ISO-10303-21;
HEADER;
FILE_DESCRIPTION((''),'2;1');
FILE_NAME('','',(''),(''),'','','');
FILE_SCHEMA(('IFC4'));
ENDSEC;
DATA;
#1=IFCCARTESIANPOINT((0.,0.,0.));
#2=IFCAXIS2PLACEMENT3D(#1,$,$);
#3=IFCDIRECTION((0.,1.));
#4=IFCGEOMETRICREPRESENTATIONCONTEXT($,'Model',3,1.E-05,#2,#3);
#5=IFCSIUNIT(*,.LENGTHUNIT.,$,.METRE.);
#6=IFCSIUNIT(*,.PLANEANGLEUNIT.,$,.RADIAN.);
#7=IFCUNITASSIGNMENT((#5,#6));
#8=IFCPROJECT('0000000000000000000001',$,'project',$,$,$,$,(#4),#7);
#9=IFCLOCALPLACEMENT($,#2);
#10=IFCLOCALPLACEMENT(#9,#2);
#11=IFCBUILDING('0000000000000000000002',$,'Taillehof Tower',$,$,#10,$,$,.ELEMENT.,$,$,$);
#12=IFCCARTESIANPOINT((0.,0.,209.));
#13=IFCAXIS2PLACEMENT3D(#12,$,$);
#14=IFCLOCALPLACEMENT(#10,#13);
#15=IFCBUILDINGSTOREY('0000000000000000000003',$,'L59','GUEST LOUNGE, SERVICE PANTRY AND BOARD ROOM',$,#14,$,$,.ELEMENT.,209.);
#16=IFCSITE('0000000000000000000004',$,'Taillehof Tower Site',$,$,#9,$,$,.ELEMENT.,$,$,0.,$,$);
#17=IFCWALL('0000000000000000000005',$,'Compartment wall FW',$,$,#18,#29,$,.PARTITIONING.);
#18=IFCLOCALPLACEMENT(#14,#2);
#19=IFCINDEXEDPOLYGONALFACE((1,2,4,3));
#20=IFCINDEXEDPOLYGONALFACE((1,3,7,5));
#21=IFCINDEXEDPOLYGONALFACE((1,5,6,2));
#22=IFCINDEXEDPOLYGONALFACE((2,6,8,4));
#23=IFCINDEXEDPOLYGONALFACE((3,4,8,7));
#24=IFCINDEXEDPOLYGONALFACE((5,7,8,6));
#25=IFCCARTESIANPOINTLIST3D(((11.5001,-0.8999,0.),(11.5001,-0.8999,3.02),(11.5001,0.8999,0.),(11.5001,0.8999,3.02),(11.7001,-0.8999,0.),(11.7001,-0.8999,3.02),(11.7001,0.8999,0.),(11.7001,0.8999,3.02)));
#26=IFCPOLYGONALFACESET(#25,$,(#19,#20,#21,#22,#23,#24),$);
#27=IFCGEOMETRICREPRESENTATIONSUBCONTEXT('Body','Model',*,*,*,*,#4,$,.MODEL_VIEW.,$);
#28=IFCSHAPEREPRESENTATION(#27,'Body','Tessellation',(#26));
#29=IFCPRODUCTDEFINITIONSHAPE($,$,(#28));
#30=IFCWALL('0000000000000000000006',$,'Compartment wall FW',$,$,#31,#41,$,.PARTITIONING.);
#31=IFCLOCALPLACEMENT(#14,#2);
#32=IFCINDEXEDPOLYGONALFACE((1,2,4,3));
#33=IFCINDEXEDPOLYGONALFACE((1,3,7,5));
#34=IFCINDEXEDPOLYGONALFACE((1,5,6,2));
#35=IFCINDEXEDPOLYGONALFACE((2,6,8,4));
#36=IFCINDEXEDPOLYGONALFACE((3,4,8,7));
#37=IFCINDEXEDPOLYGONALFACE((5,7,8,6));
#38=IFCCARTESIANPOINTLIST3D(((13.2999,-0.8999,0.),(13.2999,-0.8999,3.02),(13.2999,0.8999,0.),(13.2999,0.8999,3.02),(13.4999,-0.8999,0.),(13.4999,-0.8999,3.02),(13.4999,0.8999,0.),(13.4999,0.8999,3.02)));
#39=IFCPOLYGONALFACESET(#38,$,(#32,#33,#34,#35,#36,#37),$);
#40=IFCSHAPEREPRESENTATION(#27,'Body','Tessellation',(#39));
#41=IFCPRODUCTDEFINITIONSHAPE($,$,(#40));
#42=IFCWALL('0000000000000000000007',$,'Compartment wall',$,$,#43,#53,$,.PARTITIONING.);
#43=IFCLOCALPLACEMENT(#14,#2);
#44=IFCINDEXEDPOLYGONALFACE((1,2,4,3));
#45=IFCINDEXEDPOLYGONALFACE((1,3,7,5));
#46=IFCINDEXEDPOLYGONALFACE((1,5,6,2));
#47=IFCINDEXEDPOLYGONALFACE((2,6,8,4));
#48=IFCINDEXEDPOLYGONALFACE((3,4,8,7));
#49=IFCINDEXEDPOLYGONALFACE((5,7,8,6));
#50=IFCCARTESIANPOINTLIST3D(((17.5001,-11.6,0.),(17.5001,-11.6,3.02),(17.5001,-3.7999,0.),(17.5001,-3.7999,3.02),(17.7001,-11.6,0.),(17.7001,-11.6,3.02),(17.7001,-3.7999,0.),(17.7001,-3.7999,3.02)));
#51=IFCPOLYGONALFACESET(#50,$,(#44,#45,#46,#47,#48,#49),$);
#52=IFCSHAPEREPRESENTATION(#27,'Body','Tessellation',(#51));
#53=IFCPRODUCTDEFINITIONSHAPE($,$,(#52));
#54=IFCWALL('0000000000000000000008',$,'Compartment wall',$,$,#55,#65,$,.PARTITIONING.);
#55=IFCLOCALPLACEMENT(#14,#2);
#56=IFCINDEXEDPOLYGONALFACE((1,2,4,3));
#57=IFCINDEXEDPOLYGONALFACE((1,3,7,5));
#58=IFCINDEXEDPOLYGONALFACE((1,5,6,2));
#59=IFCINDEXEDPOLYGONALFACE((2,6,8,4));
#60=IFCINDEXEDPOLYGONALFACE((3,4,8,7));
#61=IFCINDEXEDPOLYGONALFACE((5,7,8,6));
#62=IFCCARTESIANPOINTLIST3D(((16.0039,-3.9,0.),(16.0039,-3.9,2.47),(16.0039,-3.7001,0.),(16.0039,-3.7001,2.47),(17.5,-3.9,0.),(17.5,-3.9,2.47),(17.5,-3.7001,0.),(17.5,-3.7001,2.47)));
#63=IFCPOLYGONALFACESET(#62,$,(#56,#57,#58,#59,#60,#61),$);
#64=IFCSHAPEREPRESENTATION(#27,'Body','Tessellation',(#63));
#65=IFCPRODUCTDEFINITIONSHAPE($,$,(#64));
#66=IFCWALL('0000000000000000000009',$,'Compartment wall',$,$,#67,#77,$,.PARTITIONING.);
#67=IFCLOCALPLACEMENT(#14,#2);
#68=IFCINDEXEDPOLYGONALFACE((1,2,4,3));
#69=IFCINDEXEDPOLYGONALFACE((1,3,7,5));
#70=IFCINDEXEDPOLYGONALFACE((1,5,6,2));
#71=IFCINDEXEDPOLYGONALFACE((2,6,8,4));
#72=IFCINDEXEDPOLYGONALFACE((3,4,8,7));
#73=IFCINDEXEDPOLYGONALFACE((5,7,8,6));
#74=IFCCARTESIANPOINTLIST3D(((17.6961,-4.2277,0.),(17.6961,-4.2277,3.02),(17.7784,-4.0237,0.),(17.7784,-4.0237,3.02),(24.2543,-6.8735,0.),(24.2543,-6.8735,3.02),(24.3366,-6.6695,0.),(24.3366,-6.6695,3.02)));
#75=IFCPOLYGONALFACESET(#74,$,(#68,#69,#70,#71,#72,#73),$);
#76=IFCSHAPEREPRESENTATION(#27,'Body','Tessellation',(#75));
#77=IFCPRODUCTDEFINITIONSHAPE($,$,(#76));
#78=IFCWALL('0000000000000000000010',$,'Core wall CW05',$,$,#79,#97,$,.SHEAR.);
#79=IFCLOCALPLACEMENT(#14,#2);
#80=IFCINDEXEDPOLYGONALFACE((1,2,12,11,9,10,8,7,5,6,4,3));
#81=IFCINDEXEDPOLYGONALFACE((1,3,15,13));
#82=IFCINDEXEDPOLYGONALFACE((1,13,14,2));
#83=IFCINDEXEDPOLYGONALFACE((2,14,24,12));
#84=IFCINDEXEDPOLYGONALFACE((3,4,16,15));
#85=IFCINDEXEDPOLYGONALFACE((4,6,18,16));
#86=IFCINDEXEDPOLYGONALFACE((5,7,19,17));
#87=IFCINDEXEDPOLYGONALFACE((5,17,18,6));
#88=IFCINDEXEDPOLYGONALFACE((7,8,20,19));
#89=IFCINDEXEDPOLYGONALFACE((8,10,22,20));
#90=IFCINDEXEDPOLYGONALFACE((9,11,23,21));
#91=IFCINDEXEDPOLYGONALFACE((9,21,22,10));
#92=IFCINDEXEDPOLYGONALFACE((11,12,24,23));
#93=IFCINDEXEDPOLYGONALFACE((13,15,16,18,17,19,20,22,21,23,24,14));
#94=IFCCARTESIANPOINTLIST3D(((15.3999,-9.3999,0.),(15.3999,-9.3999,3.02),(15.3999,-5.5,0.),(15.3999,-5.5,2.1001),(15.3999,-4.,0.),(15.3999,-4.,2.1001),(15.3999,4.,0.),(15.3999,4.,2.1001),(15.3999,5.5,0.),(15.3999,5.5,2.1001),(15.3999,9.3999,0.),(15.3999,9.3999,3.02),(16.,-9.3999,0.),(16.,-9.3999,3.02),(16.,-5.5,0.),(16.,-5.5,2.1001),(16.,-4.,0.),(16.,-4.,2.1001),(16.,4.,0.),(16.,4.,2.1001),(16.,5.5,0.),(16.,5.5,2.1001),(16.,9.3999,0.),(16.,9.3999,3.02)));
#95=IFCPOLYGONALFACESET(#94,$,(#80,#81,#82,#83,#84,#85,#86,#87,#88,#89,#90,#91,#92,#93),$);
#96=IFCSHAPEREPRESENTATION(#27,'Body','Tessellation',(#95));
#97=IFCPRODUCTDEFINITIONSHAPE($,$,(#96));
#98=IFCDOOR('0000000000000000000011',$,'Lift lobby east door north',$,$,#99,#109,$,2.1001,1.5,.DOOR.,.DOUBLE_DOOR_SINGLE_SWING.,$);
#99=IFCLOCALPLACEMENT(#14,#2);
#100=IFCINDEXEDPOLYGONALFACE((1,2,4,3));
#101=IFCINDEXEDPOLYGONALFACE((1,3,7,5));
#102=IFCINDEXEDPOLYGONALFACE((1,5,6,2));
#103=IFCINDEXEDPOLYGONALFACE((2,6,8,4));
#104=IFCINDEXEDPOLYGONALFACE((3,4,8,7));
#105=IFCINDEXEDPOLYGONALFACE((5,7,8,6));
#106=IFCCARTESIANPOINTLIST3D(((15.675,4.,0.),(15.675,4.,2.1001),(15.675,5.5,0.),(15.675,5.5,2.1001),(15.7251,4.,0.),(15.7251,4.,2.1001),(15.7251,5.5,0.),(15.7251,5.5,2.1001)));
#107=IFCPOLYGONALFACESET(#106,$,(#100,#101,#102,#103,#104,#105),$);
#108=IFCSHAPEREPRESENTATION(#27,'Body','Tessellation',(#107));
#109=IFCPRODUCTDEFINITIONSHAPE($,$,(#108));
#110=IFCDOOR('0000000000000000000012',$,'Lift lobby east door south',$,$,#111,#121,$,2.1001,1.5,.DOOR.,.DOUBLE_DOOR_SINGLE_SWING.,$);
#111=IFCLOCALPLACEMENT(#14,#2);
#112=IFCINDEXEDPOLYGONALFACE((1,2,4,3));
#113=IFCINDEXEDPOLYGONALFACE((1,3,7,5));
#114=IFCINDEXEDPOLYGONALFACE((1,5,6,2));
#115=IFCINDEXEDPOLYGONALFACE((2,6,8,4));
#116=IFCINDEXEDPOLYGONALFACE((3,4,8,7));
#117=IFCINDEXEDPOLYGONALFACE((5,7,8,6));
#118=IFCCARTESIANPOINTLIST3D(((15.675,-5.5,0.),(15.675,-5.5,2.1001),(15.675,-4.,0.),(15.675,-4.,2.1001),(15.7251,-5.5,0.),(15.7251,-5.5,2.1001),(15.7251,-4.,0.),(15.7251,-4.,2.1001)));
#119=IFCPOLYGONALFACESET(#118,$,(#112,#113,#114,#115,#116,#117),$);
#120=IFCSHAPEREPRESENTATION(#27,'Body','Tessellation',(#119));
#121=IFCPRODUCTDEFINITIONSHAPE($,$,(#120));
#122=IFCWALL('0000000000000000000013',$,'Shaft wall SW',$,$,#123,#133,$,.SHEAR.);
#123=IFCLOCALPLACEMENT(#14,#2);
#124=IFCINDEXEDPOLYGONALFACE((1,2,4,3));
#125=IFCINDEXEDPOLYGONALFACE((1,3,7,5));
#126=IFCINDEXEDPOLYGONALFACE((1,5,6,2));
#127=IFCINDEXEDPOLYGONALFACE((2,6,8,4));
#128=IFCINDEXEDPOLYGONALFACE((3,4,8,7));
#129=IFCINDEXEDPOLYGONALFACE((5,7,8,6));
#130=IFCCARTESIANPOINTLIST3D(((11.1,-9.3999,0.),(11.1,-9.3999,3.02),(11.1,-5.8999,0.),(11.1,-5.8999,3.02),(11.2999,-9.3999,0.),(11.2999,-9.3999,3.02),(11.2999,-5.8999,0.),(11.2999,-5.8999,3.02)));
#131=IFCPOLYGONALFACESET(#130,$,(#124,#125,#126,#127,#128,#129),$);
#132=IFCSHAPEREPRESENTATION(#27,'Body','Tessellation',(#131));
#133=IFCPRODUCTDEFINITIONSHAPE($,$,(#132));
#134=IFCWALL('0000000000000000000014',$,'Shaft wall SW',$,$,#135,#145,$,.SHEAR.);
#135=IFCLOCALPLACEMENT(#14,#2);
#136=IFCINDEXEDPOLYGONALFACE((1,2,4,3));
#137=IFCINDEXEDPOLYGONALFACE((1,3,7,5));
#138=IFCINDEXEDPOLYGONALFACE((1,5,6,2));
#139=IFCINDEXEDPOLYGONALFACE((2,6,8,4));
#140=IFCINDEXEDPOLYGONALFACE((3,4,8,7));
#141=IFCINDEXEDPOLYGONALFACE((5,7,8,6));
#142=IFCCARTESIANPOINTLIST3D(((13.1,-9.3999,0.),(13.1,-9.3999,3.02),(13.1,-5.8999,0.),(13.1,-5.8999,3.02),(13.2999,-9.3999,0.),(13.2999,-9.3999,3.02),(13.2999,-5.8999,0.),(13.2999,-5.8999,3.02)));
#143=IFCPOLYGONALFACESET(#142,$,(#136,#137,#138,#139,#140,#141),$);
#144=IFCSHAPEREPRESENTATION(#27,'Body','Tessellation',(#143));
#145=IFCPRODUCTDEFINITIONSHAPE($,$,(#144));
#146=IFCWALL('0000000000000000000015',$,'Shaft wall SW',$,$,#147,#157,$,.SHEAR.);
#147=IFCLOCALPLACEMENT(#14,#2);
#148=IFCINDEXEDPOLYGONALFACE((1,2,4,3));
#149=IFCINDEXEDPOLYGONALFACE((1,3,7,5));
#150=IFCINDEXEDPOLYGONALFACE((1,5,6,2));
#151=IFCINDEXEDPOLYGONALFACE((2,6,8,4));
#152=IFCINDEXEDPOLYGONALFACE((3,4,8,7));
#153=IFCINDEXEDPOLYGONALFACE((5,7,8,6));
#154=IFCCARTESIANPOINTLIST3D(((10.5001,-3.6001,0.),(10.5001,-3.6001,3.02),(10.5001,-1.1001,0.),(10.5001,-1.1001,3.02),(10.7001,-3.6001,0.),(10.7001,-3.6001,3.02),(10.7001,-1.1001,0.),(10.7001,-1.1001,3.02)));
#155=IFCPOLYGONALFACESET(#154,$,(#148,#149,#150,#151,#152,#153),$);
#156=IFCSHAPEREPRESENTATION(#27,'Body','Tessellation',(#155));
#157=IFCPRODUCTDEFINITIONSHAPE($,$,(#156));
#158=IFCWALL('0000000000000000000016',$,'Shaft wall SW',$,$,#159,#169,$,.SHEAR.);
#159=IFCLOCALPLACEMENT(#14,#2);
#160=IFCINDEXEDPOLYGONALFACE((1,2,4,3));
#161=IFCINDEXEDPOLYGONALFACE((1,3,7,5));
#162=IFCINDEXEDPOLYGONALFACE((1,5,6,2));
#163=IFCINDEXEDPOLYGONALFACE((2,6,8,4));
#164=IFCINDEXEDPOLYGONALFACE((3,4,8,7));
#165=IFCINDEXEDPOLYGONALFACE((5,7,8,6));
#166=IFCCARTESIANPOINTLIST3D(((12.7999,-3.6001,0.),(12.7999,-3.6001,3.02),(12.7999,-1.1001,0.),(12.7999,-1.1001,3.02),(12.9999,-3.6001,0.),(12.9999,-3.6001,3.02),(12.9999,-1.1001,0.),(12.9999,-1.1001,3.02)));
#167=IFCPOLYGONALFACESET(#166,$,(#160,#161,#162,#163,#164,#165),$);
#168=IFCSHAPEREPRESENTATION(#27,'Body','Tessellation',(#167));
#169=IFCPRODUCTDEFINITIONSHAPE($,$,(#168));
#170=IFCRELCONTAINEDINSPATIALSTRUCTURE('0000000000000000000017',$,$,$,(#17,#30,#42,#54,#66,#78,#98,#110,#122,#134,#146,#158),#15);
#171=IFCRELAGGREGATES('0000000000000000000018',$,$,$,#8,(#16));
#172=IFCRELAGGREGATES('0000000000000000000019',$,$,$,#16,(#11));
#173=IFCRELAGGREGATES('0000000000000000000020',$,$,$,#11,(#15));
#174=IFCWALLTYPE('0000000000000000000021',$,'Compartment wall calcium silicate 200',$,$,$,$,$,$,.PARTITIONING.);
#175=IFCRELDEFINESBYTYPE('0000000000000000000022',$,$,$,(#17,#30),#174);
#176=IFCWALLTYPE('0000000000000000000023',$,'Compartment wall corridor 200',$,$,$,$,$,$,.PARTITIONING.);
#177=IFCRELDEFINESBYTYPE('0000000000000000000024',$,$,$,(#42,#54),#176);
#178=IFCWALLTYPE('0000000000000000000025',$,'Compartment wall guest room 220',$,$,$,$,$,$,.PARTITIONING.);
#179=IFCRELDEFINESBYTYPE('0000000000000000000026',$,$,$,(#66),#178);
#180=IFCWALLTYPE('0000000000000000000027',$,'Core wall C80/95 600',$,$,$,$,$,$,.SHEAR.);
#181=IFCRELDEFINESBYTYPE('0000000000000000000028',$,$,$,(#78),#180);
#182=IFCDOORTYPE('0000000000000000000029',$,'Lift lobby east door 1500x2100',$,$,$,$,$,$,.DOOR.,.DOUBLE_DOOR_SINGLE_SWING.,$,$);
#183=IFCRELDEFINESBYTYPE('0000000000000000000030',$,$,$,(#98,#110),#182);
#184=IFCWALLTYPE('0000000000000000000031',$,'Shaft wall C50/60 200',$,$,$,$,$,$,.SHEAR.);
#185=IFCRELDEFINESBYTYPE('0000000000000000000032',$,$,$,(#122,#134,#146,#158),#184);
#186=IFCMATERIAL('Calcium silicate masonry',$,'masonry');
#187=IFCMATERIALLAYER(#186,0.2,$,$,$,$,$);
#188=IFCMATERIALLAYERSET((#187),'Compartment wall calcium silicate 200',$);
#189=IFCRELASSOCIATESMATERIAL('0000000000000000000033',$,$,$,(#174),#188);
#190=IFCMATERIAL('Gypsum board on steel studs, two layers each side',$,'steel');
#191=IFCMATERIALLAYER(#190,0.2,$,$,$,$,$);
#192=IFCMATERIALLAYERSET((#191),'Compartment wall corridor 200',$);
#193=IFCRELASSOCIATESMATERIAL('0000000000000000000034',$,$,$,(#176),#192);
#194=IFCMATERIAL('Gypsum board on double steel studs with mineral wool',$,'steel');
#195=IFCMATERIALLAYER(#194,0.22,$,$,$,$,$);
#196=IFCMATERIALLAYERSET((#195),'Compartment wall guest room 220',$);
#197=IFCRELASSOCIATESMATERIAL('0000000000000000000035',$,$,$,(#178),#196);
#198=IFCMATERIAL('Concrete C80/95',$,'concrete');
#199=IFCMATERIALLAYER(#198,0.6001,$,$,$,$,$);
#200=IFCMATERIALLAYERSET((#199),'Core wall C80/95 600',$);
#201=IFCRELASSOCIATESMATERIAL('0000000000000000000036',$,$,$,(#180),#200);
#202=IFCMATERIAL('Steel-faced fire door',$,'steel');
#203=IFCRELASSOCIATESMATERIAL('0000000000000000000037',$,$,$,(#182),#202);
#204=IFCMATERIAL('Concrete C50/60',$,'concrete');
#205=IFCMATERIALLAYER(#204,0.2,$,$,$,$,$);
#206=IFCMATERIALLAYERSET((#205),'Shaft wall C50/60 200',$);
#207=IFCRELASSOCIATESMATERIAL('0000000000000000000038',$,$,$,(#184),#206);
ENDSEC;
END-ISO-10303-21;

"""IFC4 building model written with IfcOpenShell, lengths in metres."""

from ifc_helpers import new_model, si_unit, direction, frame, frame_2d, origin, place, context, subcontext, project, spatial, rectangle, extrude, material, layer, layer_set, type_object, element, fill, save


model = new_model("IFC4")

# Units and contexts
model_context = context("Model", 3, precision=1e-05, world=origin(), true_north=direction((0.0, 1.0)))
body_context = subcontext(model_context, "Body", "Model", "MODEL_VIEW")
ifc_project = project(units=[si_unit("LENGTHUNIT", "METRE"), si_unit("PLANEANGLEUNIT", "RADIAN")], contexts=[model_context])

# Site, building, storey
site_placement = place(None, origin())
site = spatial("IfcSite", under=ifc_project, at=site_placement, Name="Taillehof Tower Site", CompositionType="ELEMENT", RefElevation=0.0)
building_placement = place(site_placement, origin())
building = spatial("IfcBuilding", under=site, at=building_placement, Name="Taillehof Tower", CompositionType="ELEMENT")
storey_placement = place(building_placement, frame((0.0, 0.0, 209.0)))
storey = spatial("IfcBuildingStorey", under=building, at=storey_placement, Name="L59", Description="GUEST LOUNGE, SERVICE PANTRY AND BOARD ROOM", CompositionType="ELEMENT", Elevation=209.0)

# Walls
ifc_material_1 = material(Name="Calcium silicate masonry", Category="masonry")
ifc_layer_1 = layer(ifc_material_1, 0.2)
ifc_layer_set_1 = layer_set([ifc_layer_1], Name="Compartment wall calcium silicate 200")
wall_type_1 = type_object("IfcWallType", Name="Compartment wall calcium silicate 200", PredefinedType="PARTITIONING", material=ifc_layer_set_1)
for number, where, z_axis, x_axis, name in (
    (1, (11.6001, -0.8999, 0.0), (0.0, 0.0, 1.0), (0.0, 1.0, 0.0), "Compartment wall FW"),
    (2, (13.3999, -0.8999, 0.0), (0.0, 0.0, 1.0), (0.0, 1.0, 0.0), "Compartment wall FW"),
):
    element("IfcWall", number, at=place(storey_placement, frame(where, z_axis=z_axis, x_axis=x_axis)), inside=storey, type_object=wall_type_1, Name=name, PredefinedType="PARTITIONING", context=body_context, shape_type="SweptSolid", body=[
        extrude(rectangle(XDim=1.7998, YDim=0.2, at=frame_2d((0.8999, 0.0))), origin(), (0.0, 0.0, 1.0), 3.02),
    ])
ifc_material_2 = material(Name="Gypsum board on steel studs, two layers each side", Category="steel")
ifc_layer_2 = layer(ifc_material_2, 0.2)
ifc_layer_set_2 = layer_set([ifc_layer_2], Name="Compartment wall corridor 200")
wall_type_2 = type_object("IfcWallType", Name="Compartment wall corridor 200", PredefinedType="PARTITIONING", material=ifc_layer_set_2)
wall_1_placement = place(storey_placement, frame((17.6001, -3.8, 0.0), z_axis=(0.0, 0.0, 1.0), x_axis=(0.0, -1.0, 0.0)))
element("IfcWall", 3, at=wall_1_placement, inside=storey, type_object=wall_type_2, Name="Compartment wall", PredefinedType="PARTITIONING", context=body_context, shape_type="SweptSolid", body=[
    extrude(rectangle(XDim=7.8, YDim=0.2, at=frame_2d((3.8999, 0.0))), origin(), (0.0, 0.0, 1.0), 3.02),
])
wall_2_placement = place(storey_placement, frame((16.0039, -3.8, 0.0), z_axis=(0.0, 0.0, 1.0), x_axis=(1.0, 0.0, 0.0)))
element("IfcWall", 4, at=wall_2_placement, inside=storey, type_object=wall_type_2, Name="Compartment wall", PredefinedType="PARTITIONING", context=body_context, shape_type="SweptSolid", body=[
    extrude(rectangle(XDim=1.4961, YDim=0.2, at=frame_2d((0.748, 0.0))), origin(), (0.0, 0.0, 1.0), 2.47),
])
ifc_material_3 = material(Name="Gypsum board on double steel studs with mineral wool", Category="steel")
ifc_layer_3 = layer(ifc_material_3, 0.22)
ifc_layer_set_3 = layer_set([ifc_layer_3], Name="Compartment wall guest room 220")
wall_type_3 = type_object("IfcWallType", Name="Compartment wall guest room 220", PredefinedType="PARTITIONING", material=ifc_layer_set_3)
wall_3_placement = place(storey_placement, frame((24.2954, -6.7715, 0.0), z_axis=(0.0, 0.0, 1.0), x_axis=(-0.927375, 0.374133, 0.0)))
element("IfcWall", 5, at=wall_3_placement, inside=storey, type_object=wall_type_3, Name="Compartment wall", PredefinedType="PARTITIONING", context=body_context, shape_type="SweptSolid", body=[
    extrude(rectangle(XDim=7.0718, YDim=0.22, at=frame_2d((3.5359, 0.0))), origin(), (0.0, 0.0, 1.0), 3.02),
])

# Wall, openings, doors
ifc_material_4 = material(Name="Concrete C80/95", Category="concrete")
ifc_layer_4 = layer(ifc_material_4, 0.6001)
ifc_layer_set_4 = layer_set([ifc_layer_4], Name="Core wall C80/95 600")
wall_type_4 = type_object("IfcWallType", Name="Core wall C80/95 600", PredefinedType="SHEAR", material=ifc_layer_set_4)
wall_4_placement = place(storey_placement, frame((15.7, -9.3999, 0.0), z_axis=(0.0, 0.0, 1.0), x_axis=(0.0, 1.0, 0.0)))
wall_4 = element("IfcWall", 6, at=wall_4_placement, inside=storey, type_object=wall_type_4, Name="Core wall CW05", PredefinedType="SHEAR", context=body_context, shape_type="SweptSolid", body=[
    extrude(rectangle(XDim=18.7998, YDim=0.6001, at=frame_2d((9.3999, 0.0))), origin(), (0.0, 0.0, 1.0), 3.02),
])
opening_1_placement = place(wall_4_placement, frame((13.3999, 0.0, 0.0)))
opening_1 = element("IfcOpeningElement", 7, at=opening_1_placement, cuts=wall_4, PredefinedType="OPENING", context=body_context, shape_type="SweptSolid", body=[
    extrude(rectangle(XDim=1.5, YDim=2.1001, at=frame_2d((0.75, 1.05))), frame((0.0, 0.3101, 0.0), z_axis=(0.0, -1.0, 0.0), x_axis=(1.0, 0.0, 0.0)), (0.0, 0.0, 1.0), 0.6201),
])
opening_2_placement = place(wall_4_placement, frame((3.8999, 0.0, 0.0)))
opening_2 = element("IfcOpeningElement", 8, at=opening_2_placement, cuts=wall_4, PredefinedType="OPENING", context=body_context, shape_type="SweptSolid", body=[
    extrude(rectangle(XDim=1.5, YDim=2.1001, at=frame_2d((0.75, 1.05))), frame((0.0, 0.3101, 0.0), z_axis=(0.0, -1.0, 0.0), x_axis=(1.0, 0.0, 0.0)), (0.0, 0.0, 1.0), 0.6201),
])
ifc_material_5 = material(Name="Steel-faced fire door", Category="steel")
door_type = type_object("IfcDoorType", Name="Lift lobby east door 1500x2100", OperationType="DOUBLE_DOOR_SINGLE_SWING", PredefinedType="DOOR", material=ifc_material_5)
door_1_placement = place(opening_1_placement, origin())
door_1 = element("IfcDoor", 9, at=door_1_placement, inside=storey, type_object=door_type, Name="Lift lobby east door north", OperationType="DOUBLE_DOOR_SINGLE_SWING", OverallHeight=2.1001, OverallWidth=1.5, PredefinedType="DOOR", context=body_context, shape_type="SweptSolid", body=[
    extrude(rectangle(XDim=1.5, YDim=2.1001, at=frame_2d((0.75, 1.05))), frame((0.0, 0.0249, 0.0), z_axis=(0.0, -1.0, 0.0), x_axis=(1.0, 0.0, 0.0)), (0.0, 0.0, 1.0), 0.05),
])
fill(opening_1, door_1)
door_2_placement = place(opening_2_placement, origin())
door_2 = element("IfcDoor", 10, at=door_2_placement, inside=storey, type_object=door_type, Name="Lift lobby east door south", OperationType="DOUBLE_DOOR_SINGLE_SWING", OverallHeight=2.1001, OverallWidth=1.5, PredefinedType="DOOR", context=body_context, shape_type="SweptSolid", body=[
    extrude(rectangle(XDim=1.5, YDim=2.1001, at=frame_2d((0.75, 1.05))), frame((0.0, 0.0249, 0.0), z_axis=(0.0, -1.0, 0.0), x_axis=(1.0, 0.0, 0.0)), (0.0, 0.0, 1.0), 0.05),
])
fill(opening_2, door_2)

# Walls
ifc_material_6 = material(Name="Concrete C50/60", Category="concrete")
ifc_layer_5 = layer(ifc_material_6, 0.2)
ifc_layer_set_5 = layer_set([ifc_layer_5], Name="Shaft wall C50/60 200")
wall_type_5 = type_object("IfcWallType", Name="Shaft wall C50/60 200", PredefinedType="SHEAR", material=ifc_layer_set_5)
for number, where, z_axis, x_axis, name in (
    (11, (11.2, -9.3999, 0.0), (0.0, 0.0, 1.0), (0.0, 1.0, 0.0), "Shaft wall SW"),
    (12, (13.2, -9.3999, 0.0), (0.0, 0.0, 1.0), (0.0, 1.0, 0.0), "Shaft wall SW"),
):
    element("IfcWall", number, at=place(storey_placement, frame(where, z_axis=z_axis, x_axis=x_axis)), inside=storey, type_object=wall_type_5, Name=name, PredefinedType="SHEAR", context=body_context, shape_type="SweptSolid", body=[
        extrude(rectangle(XDim=3.5, YDim=0.2, at=frame_2d((1.75, 0.0))), origin(), (0.0, 0.0, 1.0), 3.02),
    ])
for number, where, z_axis, x_axis, name in (
    (13, (10.6001, -3.6001, 0.0), (0.0, 0.0, 1.0), (0.0, 1.0, 0.0), "Shaft wall SW"),
    (14, (12.8999, -3.6001, 0.0), (0.0, 0.0, 1.0), (0.0, 1.0, 0.0), "Shaft wall SW"),
):
    element("IfcWall", number, at=place(storey_placement, frame(where, z_axis=z_axis, x_axis=x_axis)), inside=storey, type_object=wall_type_5, Name=name, PredefinedType="SHEAR", context=body_context, shape_type="SweptSolid", body=[
        extrude(rectangle(XDim=2.5, YDim=0.2, at=frame_2d((1.25, 0.0))), origin(), (0.0, 0.0, 1.0), 3.02),
    ])

save(model, "model.ifc")
